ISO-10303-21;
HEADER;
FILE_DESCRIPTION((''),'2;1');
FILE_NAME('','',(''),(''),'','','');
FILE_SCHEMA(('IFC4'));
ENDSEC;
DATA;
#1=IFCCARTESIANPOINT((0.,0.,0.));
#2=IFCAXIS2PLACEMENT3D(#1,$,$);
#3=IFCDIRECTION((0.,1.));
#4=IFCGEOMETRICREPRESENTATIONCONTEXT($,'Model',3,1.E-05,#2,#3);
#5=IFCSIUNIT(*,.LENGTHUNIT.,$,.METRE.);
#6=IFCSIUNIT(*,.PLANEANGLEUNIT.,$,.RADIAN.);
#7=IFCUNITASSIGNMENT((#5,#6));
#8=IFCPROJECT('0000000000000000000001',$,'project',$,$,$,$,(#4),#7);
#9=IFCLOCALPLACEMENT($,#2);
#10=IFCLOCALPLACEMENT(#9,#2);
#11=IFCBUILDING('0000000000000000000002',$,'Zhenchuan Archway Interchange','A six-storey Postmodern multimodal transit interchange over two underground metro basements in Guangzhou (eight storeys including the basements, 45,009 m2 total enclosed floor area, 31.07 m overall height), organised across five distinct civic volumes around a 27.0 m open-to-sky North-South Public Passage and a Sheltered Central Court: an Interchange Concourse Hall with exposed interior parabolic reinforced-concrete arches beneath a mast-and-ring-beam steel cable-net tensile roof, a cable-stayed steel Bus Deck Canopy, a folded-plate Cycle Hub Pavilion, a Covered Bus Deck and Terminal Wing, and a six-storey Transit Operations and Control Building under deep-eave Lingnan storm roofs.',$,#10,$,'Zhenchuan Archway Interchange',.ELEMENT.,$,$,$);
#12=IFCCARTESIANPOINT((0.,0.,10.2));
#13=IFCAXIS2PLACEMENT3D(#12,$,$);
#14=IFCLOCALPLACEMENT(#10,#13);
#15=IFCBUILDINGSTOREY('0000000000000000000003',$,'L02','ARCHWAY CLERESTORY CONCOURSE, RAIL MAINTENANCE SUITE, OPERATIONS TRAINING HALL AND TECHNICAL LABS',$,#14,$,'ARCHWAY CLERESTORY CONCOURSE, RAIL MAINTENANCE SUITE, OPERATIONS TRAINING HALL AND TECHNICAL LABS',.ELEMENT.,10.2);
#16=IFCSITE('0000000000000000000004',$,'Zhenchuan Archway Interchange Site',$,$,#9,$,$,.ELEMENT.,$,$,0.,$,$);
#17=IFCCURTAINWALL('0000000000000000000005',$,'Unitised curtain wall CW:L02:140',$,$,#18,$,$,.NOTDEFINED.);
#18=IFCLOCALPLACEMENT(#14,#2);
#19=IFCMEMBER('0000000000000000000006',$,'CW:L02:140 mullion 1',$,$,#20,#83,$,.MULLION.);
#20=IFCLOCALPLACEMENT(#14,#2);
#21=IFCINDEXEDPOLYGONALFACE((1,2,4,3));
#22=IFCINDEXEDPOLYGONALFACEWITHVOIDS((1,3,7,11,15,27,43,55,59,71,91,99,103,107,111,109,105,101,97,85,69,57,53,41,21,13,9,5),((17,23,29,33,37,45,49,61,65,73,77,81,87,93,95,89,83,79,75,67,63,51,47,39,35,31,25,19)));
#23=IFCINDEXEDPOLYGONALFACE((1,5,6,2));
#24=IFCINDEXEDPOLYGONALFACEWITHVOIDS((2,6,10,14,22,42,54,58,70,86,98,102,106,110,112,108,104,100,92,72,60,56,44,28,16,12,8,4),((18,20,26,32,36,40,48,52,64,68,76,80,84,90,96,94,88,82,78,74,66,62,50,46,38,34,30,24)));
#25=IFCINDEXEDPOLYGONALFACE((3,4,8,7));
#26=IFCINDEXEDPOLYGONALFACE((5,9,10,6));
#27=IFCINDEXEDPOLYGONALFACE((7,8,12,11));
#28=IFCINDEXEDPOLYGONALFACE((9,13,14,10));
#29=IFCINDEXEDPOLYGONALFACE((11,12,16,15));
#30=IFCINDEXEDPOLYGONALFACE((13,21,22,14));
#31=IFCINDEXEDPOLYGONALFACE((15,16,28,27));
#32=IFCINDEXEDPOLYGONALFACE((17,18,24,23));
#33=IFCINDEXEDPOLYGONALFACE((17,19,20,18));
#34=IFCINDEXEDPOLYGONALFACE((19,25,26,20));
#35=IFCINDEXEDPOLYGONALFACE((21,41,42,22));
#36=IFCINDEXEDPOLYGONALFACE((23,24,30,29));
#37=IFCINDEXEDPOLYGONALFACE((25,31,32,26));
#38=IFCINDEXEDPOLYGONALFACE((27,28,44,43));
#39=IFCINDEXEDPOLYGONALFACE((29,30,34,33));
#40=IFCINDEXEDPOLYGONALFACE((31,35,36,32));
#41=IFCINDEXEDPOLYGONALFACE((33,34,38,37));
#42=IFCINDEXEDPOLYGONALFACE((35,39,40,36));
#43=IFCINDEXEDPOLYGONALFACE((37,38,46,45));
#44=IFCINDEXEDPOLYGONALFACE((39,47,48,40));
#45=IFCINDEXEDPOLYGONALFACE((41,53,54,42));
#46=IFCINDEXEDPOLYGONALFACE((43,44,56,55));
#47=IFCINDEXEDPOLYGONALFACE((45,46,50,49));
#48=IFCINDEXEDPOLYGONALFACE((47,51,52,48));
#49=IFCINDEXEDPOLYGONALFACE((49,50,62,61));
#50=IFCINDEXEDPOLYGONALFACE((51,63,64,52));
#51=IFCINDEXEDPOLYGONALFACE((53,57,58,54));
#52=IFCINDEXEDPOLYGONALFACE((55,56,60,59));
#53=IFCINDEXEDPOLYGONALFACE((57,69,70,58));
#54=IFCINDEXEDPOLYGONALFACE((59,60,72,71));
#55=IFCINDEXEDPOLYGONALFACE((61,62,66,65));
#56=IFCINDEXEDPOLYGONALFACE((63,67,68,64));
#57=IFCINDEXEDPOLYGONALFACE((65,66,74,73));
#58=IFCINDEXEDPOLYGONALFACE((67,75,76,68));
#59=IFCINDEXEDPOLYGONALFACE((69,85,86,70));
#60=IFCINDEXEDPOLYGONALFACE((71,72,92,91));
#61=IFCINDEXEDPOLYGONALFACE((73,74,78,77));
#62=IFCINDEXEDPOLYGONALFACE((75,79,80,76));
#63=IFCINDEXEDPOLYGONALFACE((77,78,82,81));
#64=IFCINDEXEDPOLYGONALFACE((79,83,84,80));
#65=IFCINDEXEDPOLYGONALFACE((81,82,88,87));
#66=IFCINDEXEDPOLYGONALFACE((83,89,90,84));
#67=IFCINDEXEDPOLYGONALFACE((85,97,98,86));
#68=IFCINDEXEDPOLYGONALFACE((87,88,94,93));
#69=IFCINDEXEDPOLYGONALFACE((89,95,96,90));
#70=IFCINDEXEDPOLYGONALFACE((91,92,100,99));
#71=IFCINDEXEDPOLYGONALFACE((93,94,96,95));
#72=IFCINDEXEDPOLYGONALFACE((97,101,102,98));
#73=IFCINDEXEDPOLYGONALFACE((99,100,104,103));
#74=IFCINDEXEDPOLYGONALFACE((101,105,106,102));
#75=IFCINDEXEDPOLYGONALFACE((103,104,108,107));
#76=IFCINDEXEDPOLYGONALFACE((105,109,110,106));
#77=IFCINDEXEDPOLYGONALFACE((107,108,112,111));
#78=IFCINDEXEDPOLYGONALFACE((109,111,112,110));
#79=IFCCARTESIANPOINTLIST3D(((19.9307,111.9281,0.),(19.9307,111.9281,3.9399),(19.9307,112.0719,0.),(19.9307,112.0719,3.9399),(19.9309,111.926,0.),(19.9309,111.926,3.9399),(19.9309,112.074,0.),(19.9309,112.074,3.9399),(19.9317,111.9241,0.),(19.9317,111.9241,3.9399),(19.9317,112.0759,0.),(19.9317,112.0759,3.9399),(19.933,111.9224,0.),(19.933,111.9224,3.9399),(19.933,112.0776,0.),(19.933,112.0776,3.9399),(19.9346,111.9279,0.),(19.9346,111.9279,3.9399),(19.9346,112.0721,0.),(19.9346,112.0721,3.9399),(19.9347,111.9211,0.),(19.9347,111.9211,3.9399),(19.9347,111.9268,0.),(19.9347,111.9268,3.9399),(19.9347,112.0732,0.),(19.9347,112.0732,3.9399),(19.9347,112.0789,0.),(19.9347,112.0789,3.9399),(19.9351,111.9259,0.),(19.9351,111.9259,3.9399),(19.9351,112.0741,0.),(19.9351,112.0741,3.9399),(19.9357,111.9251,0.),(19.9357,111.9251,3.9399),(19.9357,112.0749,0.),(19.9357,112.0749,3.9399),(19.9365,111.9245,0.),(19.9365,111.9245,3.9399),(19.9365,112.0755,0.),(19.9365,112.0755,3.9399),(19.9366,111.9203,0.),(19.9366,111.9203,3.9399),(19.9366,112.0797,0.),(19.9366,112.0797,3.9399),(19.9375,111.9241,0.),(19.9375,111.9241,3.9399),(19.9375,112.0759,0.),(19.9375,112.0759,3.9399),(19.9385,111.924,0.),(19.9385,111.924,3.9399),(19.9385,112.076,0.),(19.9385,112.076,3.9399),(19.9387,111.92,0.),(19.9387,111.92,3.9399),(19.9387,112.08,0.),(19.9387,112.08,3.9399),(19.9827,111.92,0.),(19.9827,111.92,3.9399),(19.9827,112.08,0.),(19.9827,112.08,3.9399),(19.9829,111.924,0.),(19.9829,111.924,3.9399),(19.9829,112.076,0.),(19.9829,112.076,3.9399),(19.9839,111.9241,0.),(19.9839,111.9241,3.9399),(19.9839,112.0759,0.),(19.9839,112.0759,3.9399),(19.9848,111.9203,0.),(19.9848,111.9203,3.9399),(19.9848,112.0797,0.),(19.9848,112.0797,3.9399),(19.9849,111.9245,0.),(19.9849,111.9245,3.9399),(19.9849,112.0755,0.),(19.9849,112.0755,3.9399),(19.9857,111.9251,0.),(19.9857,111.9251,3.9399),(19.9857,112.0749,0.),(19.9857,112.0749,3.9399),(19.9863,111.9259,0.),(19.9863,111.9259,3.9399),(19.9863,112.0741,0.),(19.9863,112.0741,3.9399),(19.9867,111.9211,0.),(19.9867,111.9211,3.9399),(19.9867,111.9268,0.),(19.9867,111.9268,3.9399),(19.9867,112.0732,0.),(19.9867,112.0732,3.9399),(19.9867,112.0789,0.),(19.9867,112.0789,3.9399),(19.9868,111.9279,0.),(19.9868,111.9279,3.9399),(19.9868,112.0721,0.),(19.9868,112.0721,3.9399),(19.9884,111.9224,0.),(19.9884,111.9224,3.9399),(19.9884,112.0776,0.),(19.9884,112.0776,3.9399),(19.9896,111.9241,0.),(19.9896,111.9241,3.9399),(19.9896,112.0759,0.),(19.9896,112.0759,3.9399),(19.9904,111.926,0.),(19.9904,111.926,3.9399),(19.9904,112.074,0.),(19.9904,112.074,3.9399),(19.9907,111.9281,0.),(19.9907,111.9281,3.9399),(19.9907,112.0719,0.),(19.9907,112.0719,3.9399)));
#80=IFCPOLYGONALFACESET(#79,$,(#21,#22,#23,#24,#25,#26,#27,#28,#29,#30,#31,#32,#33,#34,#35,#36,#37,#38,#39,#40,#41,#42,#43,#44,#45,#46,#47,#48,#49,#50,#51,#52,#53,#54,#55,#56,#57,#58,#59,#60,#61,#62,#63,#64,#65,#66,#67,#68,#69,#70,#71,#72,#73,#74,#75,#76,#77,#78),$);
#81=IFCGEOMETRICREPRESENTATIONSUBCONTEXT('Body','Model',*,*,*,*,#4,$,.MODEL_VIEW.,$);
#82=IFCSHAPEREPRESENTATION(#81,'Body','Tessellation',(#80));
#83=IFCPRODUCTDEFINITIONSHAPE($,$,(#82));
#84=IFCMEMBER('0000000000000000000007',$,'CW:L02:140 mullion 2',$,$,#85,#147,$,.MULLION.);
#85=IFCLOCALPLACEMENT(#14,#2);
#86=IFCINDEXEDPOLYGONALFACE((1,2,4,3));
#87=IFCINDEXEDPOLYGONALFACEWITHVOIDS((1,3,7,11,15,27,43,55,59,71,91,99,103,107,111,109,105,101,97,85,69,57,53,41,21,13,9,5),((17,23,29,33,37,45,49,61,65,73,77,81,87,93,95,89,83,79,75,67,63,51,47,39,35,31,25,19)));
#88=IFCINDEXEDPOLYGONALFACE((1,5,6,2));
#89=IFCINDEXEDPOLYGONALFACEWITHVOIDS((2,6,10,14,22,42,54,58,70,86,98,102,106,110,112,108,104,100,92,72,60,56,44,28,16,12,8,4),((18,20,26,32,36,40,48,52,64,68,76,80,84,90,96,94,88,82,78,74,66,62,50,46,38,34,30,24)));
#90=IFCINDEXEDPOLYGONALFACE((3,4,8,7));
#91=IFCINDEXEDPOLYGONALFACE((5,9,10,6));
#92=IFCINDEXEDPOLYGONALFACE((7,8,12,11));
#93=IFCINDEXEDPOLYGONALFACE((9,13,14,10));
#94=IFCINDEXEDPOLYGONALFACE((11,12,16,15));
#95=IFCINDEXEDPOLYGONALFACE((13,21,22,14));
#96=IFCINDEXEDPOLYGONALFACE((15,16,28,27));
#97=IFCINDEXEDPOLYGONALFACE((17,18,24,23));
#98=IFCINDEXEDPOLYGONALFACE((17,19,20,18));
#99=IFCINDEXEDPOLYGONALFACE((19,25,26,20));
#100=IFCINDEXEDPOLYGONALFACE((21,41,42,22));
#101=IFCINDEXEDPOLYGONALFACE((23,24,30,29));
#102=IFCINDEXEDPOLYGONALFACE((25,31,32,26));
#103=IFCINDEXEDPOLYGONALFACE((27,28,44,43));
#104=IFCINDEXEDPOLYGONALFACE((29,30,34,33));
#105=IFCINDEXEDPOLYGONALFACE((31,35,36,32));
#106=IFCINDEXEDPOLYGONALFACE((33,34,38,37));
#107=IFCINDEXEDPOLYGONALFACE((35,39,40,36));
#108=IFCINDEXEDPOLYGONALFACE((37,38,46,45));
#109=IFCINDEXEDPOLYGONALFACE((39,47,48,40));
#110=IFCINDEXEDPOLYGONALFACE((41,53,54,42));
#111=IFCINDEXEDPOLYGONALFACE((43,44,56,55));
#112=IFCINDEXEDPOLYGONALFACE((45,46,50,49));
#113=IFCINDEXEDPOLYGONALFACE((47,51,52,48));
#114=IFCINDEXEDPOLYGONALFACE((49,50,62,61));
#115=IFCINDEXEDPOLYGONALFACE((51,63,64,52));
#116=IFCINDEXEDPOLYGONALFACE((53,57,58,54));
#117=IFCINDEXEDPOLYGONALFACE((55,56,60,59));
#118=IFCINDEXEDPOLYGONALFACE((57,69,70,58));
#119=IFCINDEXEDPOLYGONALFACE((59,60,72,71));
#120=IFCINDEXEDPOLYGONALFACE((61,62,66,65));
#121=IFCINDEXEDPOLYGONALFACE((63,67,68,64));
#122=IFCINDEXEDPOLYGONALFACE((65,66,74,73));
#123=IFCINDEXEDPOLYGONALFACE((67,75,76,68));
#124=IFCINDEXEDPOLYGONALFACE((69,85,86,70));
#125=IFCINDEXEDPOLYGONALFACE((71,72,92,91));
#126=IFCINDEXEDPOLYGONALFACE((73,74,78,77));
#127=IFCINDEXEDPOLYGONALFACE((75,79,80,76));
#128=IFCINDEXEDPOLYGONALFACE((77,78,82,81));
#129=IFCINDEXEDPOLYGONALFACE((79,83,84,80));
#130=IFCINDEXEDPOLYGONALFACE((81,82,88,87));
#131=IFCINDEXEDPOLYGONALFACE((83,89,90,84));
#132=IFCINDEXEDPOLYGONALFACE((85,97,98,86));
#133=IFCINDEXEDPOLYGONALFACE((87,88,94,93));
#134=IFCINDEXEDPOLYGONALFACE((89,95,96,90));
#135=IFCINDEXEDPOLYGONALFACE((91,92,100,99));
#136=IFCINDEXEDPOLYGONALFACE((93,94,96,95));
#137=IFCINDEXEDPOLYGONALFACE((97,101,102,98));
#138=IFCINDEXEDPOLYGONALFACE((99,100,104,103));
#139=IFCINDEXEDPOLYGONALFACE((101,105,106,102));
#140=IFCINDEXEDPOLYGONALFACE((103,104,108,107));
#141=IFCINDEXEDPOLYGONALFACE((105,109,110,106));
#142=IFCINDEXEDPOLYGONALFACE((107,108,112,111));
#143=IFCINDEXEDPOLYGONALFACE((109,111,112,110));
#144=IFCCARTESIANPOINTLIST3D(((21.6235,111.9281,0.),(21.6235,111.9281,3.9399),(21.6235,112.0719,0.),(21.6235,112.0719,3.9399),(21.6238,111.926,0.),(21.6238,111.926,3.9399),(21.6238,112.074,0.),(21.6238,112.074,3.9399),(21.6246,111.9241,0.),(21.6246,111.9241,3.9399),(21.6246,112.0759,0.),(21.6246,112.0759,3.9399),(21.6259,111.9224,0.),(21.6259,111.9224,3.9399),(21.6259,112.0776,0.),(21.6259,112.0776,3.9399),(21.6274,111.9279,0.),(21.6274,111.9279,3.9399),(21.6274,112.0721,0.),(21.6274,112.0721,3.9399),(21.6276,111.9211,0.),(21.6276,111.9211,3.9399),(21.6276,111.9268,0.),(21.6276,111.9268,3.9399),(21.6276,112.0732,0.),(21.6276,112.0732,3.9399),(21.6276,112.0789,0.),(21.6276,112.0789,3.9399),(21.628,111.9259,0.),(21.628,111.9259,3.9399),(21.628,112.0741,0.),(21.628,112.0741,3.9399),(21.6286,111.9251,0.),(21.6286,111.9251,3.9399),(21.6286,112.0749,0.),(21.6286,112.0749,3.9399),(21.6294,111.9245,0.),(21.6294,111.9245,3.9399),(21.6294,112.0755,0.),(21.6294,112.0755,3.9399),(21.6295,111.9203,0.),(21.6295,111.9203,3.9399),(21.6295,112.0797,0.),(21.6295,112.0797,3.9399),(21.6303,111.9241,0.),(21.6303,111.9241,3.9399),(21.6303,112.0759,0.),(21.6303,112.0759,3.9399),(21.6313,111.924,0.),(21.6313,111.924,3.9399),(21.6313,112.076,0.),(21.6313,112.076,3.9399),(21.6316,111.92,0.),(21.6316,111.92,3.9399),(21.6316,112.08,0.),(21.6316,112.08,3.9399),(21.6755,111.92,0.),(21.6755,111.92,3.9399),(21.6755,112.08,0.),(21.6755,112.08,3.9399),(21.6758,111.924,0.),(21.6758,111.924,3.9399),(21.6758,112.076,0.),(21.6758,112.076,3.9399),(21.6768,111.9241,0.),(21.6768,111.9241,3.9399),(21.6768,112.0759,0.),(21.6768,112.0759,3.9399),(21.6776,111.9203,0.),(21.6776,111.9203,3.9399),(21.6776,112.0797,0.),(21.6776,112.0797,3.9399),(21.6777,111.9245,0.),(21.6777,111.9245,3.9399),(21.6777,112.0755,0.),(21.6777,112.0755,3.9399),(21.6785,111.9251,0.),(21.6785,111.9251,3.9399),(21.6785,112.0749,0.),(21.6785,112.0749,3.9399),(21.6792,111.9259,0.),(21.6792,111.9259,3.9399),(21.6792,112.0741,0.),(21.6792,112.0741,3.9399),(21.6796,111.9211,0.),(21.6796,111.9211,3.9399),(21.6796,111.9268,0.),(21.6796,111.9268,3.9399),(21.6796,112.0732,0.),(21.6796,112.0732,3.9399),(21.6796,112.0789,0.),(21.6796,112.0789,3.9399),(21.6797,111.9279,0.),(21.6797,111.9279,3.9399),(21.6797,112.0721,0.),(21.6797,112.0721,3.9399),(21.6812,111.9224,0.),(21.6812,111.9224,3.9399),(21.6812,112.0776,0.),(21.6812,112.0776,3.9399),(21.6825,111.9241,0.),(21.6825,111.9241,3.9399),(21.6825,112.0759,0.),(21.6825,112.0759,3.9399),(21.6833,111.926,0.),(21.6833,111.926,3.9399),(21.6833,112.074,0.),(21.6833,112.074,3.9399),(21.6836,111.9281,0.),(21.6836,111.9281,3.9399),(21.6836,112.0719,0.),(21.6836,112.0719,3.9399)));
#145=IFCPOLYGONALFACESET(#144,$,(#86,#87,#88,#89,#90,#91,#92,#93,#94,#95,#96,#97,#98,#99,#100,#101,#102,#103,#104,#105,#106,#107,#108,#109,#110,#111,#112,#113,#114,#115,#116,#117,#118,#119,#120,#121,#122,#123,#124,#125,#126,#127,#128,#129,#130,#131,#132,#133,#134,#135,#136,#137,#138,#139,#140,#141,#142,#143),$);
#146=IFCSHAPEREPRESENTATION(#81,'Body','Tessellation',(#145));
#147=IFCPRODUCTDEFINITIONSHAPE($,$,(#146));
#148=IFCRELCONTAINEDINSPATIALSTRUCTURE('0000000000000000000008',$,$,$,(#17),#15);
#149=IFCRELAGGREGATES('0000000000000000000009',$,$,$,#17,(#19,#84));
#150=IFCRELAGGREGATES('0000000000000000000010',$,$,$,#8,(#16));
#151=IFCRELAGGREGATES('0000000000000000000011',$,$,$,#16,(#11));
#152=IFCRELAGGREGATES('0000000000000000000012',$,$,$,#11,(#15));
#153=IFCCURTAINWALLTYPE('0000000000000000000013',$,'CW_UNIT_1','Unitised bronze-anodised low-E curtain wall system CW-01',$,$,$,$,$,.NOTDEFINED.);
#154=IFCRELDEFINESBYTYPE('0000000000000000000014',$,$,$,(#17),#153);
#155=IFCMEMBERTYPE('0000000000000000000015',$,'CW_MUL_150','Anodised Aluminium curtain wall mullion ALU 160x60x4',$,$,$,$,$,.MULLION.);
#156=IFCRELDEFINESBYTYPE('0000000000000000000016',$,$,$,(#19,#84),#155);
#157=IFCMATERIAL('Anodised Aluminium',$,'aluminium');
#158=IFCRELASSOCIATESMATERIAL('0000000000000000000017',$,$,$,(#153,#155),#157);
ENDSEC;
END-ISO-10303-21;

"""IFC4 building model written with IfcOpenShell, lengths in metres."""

from ifc_helpers import new_model, si_unit, direction, frame, origin, origin_2d, place, context, subcontext, project, spatial, hollow_rectangle, extrude, material, material_profile, profile_set, type_object, element, aggregate, save


model = new_model("IFC4")

# Units and contexts
model_context = context("Model", 3, precision=1e-05, world=origin(), true_north=direction((0.0, 1.0)))
body_context = subcontext(model_context, "Body", "Model", "MODEL_VIEW")
ifc_project = project(units=[si_unit("LENGTHUNIT", "METRE"), si_unit("PLANEANGLEUNIT", "RADIAN")], contexts=[model_context])

# Site, building, storey
site_placement = place(None, origin())
site = spatial("IfcSite", under=ifc_project, at=site_placement, Name="Zhenchuan Archway Interchange Site", CompositionType="ELEMENT", RefElevation=0.0)
building_placement = place(site_placement, origin())
building = spatial("IfcBuilding", under=site, at=building_placement, Name="Zhenchuan Archway Interchange", Description="A six-storey Postmodern multimodal transit interchange over two underground metro basements in Guangzhou (eight storeys including the basements, 45,009 m2 total enclosed floor area, 31.07 m overall height), organised across five distinct civic volumes around a 27.0 m open-to-sky North-South Public Passage and a Sheltered Central Court: an Interchange Concourse Hall with exposed interior parabolic reinforced-concrete arches beneath a mast-and-ring-beam steel cable-net tensile roof, a cable-stayed steel Bus Deck Canopy, a folded-plate Cycle Hub Pavilion, a Covered Bus Deck and Terminal Wing, and a six-storey Transit Operations and Control Building under deep-eave Lingnan storm roofs.", LongName="Zhenchuan Archway Interchange", CompositionType="ELEMENT")
storey_placement = place(building_placement, frame((0.0, 0.0, 10.2)))
storey = spatial("IfcBuildingStorey", under=building, at=storey_placement, Name="L02", Description="ARCHWAY CLERESTORY CONCOURSE, RAIL MAINTENANCE SUITE, OPERATIONS TRAINING HALL AND TECHNICAL LABS", LongName="ARCHWAY CLERESTORY CONCOURSE, RAIL MAINTENANCE SUITE, OPERATIONS TRAINING HALL AND TECHNICAL LABS", CompositionType="ELEMENT", Elevation=10.2)

# Curtain wall, members
ifc_material_1 = material(Name="Anodised Aluminium", Category="aluminium")
curtain_wall_type = type_object("IfcCurtainWallType", Name="CW_UNIT_1", Description="Unitised bronze-anodised low-E curtain wall system CW-01", PredefinedType="NOTDEFINED", material=ifc_material_1)
curtain_wall_placement = place(storey_placement, origin())
curtain_wall = element("IfcCurtainWall", 1, at=curtain_wall_placement, inside=storey, type_object=curtain_wall_type, Name="Unitised curtain wall CW:L02:140", PredefinedType="NOTDEFINED")
ifc_material_profile_1 = material_profile(ifc_material_1, hollow_rectangle(XDim=0.0601, YDim=0.1599, WallThickness=0.0039, InnerFilletRadius=0.0039, OuterFilletRadius=0.0081, at=origin_2d()), Name="ALU 160x60x4")
ifc_profile_set_1 = profile_set([ifc_material_profile_1], Name="Anodised Aluminium")
member_type_1 = type_object("IfcMemberType", Name="CW_MUL_150", Description="Anodised Aluminium curtain wall mullion ALU 160x60x4", PredefinedType="MULLION", material=ifc_profile_set_1)
member_1_placement = place(storey_placement, frame((19.9607, 112.0, 0.0), z_axis=(0.0, 0.0, 1.0), x_axis=(1.0, 0.0, 0.0)))
member_1 = element("IfcMember", 2, at=member_1_placement, type_object=member_type_1, Name="CW:L02:140 mullion 1", PredefinedType="MULLION", context=body_context, shape_type="SweptSolid", body=[
    extrude(hollow_rectangle(XDim=0.0601, YDim=0.1599, WallThickness=0.0039, InnerFilletRadius=0.0039, OuterFilletRadius=0.0081, at=origin_2d()), origin(), (0.0, 0.0, 1.0), 3.9399),
])
member_2_placement = place(storey_placement, frame((21.6536, 112.0, 0.0), z_axis=(0.0, 0.0, 1.0), x_axis=(1.0, 0.0, 0.0)))
member_2 = element("IfcMember", 3, at=member_2_placement, type_object=member_type_1, Name="CW:L02:140 mullion 2", PredefinedType="MULLION", context=body_context, shape_type="SweptSolid", body=[
    extrude(hollow_rectangle(XDim=0.0601, YDim=0.1599, WallThickness=0.0039, InnerFilletRadius=0.0039, OuterFilletRadius=0.0081, at=origin_2d()), origin(), (0.0, 0.0, 1.0), 3.9399),
])
aggregate(curtain_wall, [member_1, member_2])

save(model, "model.ifc")
